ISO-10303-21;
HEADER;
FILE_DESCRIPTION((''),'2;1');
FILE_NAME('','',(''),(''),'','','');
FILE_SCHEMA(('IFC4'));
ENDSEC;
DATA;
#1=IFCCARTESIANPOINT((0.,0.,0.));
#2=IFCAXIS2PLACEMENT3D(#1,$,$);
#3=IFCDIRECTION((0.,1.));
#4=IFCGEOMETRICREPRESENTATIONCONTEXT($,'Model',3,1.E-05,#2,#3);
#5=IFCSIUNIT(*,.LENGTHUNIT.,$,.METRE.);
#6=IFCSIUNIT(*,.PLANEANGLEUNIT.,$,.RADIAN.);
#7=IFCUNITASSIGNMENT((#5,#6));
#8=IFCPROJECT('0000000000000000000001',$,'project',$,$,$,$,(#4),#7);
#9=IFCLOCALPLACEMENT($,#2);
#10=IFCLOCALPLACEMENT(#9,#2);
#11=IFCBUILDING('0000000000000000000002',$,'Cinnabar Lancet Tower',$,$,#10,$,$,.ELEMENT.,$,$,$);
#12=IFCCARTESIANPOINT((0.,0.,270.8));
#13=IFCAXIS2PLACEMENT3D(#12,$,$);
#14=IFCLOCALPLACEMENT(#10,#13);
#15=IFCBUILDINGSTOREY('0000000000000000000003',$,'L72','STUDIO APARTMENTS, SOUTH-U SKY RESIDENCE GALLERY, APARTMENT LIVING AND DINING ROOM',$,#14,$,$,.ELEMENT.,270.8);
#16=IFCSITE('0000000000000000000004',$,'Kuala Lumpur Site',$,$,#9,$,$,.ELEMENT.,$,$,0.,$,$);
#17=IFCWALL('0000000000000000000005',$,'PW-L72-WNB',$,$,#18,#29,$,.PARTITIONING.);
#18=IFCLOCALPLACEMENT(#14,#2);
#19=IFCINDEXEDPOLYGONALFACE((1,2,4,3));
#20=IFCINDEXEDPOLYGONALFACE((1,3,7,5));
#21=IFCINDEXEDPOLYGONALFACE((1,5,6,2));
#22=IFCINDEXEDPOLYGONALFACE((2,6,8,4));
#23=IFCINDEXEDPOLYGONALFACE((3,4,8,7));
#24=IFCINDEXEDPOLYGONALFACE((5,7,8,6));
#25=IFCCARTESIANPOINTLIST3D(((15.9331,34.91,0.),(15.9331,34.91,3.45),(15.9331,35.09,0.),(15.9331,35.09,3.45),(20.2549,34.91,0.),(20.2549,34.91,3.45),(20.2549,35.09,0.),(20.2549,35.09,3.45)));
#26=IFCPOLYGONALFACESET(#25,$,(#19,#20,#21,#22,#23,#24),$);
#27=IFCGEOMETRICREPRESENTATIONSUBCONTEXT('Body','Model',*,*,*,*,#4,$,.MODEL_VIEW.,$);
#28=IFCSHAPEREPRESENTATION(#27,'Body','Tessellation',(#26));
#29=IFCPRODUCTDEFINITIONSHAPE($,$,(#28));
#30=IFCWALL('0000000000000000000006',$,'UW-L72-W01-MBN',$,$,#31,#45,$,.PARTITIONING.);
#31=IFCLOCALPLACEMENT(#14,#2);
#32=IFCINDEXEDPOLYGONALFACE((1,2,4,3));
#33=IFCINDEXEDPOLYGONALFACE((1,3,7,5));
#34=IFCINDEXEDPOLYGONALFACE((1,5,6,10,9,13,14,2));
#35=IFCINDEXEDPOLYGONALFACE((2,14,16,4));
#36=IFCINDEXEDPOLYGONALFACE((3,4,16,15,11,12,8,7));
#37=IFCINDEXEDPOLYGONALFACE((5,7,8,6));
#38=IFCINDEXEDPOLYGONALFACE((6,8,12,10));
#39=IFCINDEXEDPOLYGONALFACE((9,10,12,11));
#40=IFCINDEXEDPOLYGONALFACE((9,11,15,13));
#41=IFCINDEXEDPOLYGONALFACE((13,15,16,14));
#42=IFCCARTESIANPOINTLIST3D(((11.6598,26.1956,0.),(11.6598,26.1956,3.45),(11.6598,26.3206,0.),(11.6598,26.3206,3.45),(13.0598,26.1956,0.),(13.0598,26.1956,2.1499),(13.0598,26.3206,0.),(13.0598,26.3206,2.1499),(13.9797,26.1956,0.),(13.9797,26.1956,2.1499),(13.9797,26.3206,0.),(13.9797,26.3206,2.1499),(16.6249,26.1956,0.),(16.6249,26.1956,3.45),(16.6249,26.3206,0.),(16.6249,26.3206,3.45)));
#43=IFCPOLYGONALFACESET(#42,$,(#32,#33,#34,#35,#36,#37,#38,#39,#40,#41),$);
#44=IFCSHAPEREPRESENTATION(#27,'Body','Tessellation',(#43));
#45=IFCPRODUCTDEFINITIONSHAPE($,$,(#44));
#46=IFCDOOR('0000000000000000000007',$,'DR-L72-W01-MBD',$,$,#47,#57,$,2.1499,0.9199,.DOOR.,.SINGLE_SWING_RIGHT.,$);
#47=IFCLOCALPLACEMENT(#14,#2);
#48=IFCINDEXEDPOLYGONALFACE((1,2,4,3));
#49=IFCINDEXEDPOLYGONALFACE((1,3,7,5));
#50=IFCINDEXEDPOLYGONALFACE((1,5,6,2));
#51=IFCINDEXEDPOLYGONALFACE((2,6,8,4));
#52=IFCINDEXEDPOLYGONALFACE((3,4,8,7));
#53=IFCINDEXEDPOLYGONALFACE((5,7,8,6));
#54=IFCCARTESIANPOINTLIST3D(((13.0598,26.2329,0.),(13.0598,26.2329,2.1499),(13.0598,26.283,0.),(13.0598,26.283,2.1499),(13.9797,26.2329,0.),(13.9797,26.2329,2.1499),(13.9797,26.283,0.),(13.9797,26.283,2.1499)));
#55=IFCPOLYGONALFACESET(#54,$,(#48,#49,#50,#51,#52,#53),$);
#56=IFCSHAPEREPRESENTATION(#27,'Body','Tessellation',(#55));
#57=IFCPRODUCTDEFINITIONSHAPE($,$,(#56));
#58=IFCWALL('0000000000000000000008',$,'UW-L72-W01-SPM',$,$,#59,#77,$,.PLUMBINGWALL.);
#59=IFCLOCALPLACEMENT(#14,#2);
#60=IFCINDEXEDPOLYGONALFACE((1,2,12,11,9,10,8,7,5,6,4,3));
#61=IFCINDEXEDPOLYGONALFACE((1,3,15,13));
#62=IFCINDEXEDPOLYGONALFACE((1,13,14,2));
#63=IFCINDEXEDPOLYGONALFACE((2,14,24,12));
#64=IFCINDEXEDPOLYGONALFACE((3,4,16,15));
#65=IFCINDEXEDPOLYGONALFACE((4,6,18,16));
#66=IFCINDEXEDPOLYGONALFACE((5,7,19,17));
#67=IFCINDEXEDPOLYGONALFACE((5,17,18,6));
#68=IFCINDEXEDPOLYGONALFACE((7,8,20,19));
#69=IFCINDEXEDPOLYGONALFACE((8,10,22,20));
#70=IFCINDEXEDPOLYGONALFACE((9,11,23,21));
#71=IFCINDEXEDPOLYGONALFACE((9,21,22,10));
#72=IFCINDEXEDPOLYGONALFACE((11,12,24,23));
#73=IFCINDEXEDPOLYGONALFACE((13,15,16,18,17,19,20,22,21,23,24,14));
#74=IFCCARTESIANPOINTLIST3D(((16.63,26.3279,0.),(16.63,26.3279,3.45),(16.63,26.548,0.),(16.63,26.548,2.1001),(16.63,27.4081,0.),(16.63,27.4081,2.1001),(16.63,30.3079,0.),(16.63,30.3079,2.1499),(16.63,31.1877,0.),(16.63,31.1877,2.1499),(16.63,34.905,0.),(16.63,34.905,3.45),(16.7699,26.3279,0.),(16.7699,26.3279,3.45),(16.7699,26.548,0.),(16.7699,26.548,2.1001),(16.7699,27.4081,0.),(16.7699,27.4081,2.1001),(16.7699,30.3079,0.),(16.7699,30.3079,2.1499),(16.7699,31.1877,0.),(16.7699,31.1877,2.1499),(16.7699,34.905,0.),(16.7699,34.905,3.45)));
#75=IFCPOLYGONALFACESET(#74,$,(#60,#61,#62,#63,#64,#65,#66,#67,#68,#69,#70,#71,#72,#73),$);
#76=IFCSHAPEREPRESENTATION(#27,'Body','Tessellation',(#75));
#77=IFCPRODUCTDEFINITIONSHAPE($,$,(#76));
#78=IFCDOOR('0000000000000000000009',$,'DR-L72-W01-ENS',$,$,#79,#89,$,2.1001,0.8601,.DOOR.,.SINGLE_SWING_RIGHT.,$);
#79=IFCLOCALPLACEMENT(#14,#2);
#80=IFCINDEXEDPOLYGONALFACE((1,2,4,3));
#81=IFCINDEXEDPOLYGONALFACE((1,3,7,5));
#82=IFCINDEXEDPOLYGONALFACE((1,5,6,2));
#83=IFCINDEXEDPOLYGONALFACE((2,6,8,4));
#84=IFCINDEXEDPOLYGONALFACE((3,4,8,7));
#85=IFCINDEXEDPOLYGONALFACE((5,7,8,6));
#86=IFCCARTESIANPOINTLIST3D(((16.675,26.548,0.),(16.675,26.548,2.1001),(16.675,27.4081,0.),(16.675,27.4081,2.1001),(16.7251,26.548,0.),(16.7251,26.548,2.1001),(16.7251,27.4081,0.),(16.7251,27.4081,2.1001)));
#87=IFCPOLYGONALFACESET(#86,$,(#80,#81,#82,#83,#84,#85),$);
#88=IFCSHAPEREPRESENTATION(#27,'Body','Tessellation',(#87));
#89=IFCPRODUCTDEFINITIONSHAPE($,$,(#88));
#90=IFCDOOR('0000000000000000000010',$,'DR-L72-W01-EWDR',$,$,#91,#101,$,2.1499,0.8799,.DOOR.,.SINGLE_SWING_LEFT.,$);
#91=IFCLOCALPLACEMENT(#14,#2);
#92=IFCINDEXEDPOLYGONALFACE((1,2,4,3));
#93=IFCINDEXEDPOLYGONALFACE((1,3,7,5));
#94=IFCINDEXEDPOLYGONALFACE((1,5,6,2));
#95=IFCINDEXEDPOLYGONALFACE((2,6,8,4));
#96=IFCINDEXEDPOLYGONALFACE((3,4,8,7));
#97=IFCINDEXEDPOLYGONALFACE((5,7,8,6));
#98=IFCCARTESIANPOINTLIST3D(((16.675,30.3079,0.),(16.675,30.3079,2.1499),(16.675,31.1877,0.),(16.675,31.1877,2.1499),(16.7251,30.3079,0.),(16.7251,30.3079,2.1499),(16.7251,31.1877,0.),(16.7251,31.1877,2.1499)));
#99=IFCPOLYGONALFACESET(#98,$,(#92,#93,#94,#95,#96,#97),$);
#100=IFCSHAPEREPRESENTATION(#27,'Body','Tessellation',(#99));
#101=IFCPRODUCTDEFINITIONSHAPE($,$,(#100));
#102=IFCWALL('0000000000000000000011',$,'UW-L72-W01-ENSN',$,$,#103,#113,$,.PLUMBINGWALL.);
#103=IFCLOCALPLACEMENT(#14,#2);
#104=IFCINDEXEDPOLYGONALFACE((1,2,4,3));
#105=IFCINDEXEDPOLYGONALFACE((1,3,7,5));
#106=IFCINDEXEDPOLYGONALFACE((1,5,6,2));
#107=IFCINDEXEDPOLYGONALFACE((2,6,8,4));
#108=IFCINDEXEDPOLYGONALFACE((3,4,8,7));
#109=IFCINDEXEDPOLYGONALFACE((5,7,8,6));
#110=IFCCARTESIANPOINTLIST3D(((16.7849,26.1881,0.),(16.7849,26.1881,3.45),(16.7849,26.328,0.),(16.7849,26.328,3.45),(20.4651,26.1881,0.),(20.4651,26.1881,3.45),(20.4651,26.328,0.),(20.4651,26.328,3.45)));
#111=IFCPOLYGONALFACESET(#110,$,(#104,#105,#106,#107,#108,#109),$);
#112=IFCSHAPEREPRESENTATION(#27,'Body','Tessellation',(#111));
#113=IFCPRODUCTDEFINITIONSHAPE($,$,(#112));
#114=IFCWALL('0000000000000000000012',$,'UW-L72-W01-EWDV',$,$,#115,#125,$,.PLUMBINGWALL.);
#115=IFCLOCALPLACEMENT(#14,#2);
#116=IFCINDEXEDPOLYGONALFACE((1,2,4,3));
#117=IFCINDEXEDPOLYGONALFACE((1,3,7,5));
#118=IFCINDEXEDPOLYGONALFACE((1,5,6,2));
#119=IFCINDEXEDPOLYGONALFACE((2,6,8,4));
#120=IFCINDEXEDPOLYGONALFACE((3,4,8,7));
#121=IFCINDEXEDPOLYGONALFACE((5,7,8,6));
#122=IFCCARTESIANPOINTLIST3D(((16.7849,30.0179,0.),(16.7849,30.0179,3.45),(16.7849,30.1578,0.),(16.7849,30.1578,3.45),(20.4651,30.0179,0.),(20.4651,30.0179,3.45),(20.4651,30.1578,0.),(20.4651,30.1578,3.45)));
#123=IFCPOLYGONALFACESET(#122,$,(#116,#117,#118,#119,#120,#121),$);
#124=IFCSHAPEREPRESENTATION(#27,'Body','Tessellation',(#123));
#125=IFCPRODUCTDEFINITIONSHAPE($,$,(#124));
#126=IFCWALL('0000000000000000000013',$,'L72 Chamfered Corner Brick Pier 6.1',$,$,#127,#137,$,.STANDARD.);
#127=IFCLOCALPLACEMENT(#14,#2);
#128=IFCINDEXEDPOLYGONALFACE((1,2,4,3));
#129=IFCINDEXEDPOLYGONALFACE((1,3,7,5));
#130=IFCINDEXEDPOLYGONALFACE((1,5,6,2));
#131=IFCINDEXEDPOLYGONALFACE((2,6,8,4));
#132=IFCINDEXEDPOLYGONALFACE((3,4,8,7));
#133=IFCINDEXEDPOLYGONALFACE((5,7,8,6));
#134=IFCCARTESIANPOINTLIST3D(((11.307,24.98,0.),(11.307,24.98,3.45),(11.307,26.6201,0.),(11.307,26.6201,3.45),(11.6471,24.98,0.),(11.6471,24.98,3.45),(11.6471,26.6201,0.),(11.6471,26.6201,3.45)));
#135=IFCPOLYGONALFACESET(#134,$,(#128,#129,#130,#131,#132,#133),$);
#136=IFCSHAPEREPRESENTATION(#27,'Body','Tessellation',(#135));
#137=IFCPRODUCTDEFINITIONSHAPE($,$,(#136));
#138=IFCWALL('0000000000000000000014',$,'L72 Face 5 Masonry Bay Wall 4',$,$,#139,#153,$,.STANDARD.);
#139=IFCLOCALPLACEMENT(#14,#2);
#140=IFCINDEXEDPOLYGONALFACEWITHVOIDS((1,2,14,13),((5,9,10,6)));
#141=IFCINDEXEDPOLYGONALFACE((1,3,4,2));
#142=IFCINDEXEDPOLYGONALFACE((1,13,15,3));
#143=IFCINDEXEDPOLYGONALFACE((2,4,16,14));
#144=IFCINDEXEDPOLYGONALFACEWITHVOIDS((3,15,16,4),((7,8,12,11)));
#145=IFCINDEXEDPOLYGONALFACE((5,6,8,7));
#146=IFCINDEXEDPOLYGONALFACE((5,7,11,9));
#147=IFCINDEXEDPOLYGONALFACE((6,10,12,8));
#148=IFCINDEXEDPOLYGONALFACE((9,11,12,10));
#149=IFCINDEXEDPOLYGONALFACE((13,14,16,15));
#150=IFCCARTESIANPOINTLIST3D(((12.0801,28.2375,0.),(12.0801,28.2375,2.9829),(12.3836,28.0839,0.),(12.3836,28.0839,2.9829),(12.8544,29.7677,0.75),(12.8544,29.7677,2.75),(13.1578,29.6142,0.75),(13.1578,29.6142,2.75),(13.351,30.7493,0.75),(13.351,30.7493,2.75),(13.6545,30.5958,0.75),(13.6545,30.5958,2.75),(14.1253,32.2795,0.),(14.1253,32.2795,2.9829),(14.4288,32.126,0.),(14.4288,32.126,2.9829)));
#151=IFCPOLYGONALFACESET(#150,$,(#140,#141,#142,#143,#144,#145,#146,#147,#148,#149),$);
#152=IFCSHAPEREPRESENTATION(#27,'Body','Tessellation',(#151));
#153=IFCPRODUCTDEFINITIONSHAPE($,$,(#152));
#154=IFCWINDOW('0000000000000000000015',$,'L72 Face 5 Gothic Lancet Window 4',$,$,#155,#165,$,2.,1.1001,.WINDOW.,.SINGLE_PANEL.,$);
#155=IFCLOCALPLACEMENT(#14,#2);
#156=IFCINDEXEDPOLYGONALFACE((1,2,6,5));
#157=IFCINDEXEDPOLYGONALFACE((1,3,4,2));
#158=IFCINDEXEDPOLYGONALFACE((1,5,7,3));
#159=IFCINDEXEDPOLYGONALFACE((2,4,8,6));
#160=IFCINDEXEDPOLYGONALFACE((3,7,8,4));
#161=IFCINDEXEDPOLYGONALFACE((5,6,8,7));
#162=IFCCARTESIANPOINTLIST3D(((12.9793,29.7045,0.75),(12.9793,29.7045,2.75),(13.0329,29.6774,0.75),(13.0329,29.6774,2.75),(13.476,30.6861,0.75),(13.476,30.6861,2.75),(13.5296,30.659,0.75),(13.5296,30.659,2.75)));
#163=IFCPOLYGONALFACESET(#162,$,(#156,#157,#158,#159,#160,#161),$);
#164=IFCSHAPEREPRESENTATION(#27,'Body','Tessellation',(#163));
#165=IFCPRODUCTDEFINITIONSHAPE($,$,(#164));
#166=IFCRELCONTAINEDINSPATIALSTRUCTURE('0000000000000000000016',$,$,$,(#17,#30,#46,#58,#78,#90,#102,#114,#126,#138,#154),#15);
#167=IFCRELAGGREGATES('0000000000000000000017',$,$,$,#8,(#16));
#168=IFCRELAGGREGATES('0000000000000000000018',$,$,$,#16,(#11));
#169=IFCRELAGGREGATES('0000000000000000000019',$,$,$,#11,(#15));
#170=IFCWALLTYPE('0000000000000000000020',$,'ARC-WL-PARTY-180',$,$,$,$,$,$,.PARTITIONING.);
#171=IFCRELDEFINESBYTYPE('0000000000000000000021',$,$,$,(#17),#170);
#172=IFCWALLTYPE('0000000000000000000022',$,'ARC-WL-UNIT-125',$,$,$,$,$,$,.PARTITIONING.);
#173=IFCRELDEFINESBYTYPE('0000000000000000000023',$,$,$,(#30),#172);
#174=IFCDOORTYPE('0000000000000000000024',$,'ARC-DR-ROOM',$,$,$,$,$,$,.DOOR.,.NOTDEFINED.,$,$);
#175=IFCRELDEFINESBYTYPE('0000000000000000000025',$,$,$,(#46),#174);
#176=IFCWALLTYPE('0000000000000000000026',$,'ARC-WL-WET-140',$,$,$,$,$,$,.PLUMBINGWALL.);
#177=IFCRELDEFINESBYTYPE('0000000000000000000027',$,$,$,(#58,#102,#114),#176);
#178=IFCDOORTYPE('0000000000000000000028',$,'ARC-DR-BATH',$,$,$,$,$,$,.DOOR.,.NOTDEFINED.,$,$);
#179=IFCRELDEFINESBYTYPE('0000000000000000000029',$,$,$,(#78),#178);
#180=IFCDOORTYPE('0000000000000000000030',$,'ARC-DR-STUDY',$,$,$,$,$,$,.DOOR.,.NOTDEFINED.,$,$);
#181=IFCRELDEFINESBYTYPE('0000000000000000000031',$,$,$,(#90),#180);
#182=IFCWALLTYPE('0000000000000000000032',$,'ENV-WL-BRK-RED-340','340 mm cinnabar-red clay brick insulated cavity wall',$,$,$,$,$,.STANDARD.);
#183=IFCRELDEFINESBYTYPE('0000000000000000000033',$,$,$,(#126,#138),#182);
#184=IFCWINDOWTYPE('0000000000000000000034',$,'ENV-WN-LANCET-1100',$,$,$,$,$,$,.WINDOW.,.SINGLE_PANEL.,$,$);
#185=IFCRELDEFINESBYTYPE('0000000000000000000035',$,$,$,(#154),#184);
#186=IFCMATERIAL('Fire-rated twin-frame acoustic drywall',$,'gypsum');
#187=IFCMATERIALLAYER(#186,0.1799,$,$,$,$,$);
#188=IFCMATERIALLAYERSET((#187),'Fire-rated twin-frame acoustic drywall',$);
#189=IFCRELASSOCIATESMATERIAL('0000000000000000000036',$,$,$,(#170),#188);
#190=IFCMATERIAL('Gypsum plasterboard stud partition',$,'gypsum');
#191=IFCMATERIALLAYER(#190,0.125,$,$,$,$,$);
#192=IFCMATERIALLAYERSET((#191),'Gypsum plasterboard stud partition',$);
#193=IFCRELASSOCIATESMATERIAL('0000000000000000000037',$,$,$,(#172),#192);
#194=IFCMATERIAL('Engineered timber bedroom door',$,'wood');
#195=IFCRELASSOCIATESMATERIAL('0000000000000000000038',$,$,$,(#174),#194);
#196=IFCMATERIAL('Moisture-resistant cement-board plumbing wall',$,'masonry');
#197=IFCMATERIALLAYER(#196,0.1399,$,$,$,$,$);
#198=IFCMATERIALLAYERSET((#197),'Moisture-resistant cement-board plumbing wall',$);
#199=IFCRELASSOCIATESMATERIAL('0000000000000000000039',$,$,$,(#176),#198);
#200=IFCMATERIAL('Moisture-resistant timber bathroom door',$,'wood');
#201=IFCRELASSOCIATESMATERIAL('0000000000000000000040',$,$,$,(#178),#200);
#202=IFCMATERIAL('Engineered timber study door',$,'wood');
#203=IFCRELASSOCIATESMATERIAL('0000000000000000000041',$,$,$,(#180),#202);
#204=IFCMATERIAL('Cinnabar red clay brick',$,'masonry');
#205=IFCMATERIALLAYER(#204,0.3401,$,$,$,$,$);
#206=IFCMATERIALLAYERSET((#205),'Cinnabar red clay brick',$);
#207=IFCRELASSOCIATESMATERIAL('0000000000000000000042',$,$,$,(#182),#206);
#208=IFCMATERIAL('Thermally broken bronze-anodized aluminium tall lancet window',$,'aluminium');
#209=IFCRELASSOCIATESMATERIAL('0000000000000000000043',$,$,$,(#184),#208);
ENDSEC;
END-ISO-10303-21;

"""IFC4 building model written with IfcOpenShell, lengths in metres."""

from ifc_helpers import new_model, si_unit, direction, frame, frame_2d, origin, place, context, subcontext, project, spatial, rectangle, extrude, material, layer, layer_set, type_object, element, fill, save


model = new_model("IFC4")

# Units and contexts
model_context = context("Model", 3, precision=1e-05, world=origin(), true_north=direction((0.0, 1.0)))
body_context = subcontext(model_context, "Body", "Model", "MODEL_VIEW")
ifc_project = project(units=[si_unit("LENGTHUNIT", "METRE"), si_unit("PLANEANGLEUNIT", "RADIAN")], contexts=[model_context])

# Site, building, storey
site_placement = place(None, origin())
site = spatial("IfcSite", under=ifc_project, at=site_placement, Name="Kuala Lumpur Site", CompositionType="ELEMENT", RefElevation=0.0)
building_placement = place(site_placement, origin())
building = spatial("IfcBuilding", under=site, at=building_placement, Name="Cinnabar Lancet Tower", CompositionType="ELEMENT")
storey_placement = place(building_placement, frame((0.0, 0.0, 270.8)))
storey = spatial("IfcBuildingStorey", under=building, at=storey_placement, Name="L72", Description="STUDIO APARTMENTS, SOUTH-U SKY RESIDENCE GALLERY, APARTMENT LIVING AND DINING ROOM", CompositionType="ELEMENT", Elevation=270.8)

# Wall
ifc_material_1 = material(Name="Fire-rated twin-frame acoustic drywall", Category="gypsum")
ifc_layer_1 = layer(ifc_material_1, 0.1799)
ifc_layer_set_1 = layer_set([ifc_layer_1], Name="Fire-rated twin-frame acoustic drywall")
wall_type_1 = type_object("IfcWallType", Name="ARC-WL-PARTY-180", PredefinedType="PARTITIONING", material=ifc_layer_set_1)
wall_1_placement = place(storey_placement, frame((15.9331, 35.0, 0.0), z_axis=(0.0, 0.0, 1.0), x_axis=(1.0, 0.0, 0.0)))
element("IfcWall", 1, at=wall_1_placement, inside=storey, type_object=wall_type_1, Name="PW-L72-WNB", PredefinedType="PARTITIONING", context=body_context, shape_type="SweptSolid", body=[
    extrude(rectangle(XDim=4.3218, YDim=0.1799, at=frame_2d((2.1609, 0.0))), origin(), (0.0, 0.0, 1.0), 3.45),
])

# Wall, opening, door
ifc_material_2 = material(Name="Gypsum plasterboard stud partition", Category="gypsum")
ifc_layer_2 = layer(ifc_material_2, 0.125)
ifc_layer_set_2 = layer_set([ifc_layer_2], Name="Gypsum plasterboard stud partition")
wall_type_2 = type_object("IfcWallType", Name="ARC-WL-UNIT-125", PredefinedType="PARTITIONING", material=ifc_layer_set_2)
wall_2_placement = place(storey_placement, frame((11.6599, 26.2581, 0.0), z_axis=(0.0, 0.0, 1.0), x_axis=(1.0, 0.0, 0.0)))
wall_2 = element("IfcWall", 2, at=wall_2_placement, inside=storey, type_object=wall_type_2, Name="UW-L72-W01-MBN", PredefinedType="PARTITIONING", context=body_context, shape_type="SweptSolid", body=[
    extrude(rectangle(XDim=4.9651, YDim=0.125, at=frame_2d((2.4824, 0.0))), origin(), (0.0, 0.0, 1.0), 3.45),
])
opening_1_placement = place(wall_2_placement, frame((1.3999, 0.0, 0.0)))
opening_1 = element("IfcOpeningElement", 3, at=opening_1_placement, cuts=wall_2, PredefinedType="OPENING", context=body_context, shape_type="SweptSolid", body=[
    extrude(rectangle(XDim=0.9199, YDim=2.1499, at=frame_2d((0.46, 1.075))), frame((0.0, 0.0725, 0.0), z_axis=(0.0, -1.0, 0.0), x_axis=(1.0, 0.0, 0.0)), (0.0, 0.0, 1.0), 0.145),
])
ifc_material_3 = material(Name="Engineered timber bedroom door", Category="wood")
door_type_1 = type_object("IfcDoorType", Name="ARC-DR-ROOM", OperationType="NOTDEFINED", PredefinedType="DOOR", material=ifc_material_3)
door_1_placement = place(opening_1_placement, origin())
door_1 = element("IfcDoor", 4, at=door_1_placement, inside=storey, type_object=door_type_1, Name="DR-L72-W01-MBD", OperationType="SINGLE_SWING_RIGHT", OverallHeight=2.1499, OverallWidth=0.9199, PredefinedType="DOOR", context=body_context, shape_type="SweptSolid", body=[
    extrude(rectangle(XDim=0.9199, YDim=2.1499, at=frame_2d((0.46, 1.075))), frame((0.0, 0.0249, 0.0), z_axis=(0.0, -1.0, 0.0), x_axis=(1.0, 0.0, 0.0)), (0.0, 0.0, 1.0), 0.05),
])
fill(opening_1, door_1)

# Wall, openings, doors
ifc_material_4 = material(Name="Moisture-resistant cement-board plumbing wall", Category="masonry")
ifc_layer_3 = layer(ifc_material_4, 0.1399)
ifc_layer_set_3 = layer_set([ifc_layer_3], Name="Moisture-resistant cement-board plumbing wall")
wall_type_3 = type_object("IfcWallType", Name="ARC-WL-WET-140", PredefinedType="PLUMBINGWALL", material=ifc_layer_set_3)
wall_3_placement = place(storey_placement, frame((16.7, 26.3279, 0.0), z_axis=(0.0, 0.0, 1.0), x_axis=(0.0, 1.0, 0.0)))
wall_3 = element("IfcWall", 5, at=wall_3_placement, inside=storey, type_object=wall_type_3, Name="UW-L72-W01-SPM", PredefinedType="PLUMBINGWALL", context=body_context, shape_type="SweptSolid", body=[
    extrude(rectangle(XDim=8.5771, YDim=0.1399, at=frame_2d((4.2886, 0.0))), origin(), (0.0, 0.0, 1.0), 3.45),
])
opening_2_placement = place(wall_3_placement, frame((0.22, 0.0, 0.0)))
opening_2 = element("IfcOpeningElement", 6, at=opening_2_placement, cuts=wall_3, PredefinedType="OPENING", context=body_context, shape_type="SweptSolid", body=[
    extrude(rectangle(XDim=0.8601, YDim=2.1001, at=frame_2d((0.4302, 1.05))), frame((0.0, 0.0798, 0.0), z_axis=(0.0, -1.0, 0.0), x_axis=(1.0, 0.0, 0.0)), (0.0, 0.0, 1.0), 0.1599),
])
opening_3_placement = place(wall_3_placement, frame((3.98, 0.0, 0.0)))
opening_3 = element("IfcOpeningElement", 7, at=opening_3_placement, cuts=wall_3, PredefinedType="OPENING", context=body_context, shape_type="SweptSolid", body=[
    extrude(rectangle(XDim=0.8799, YDim=2.1499, at=frame_2d((0.4399, 1.075))), frame((0.0, 0.0798, 0.0), z_axis=(0.0, -1.0, 0.0), x_axis=(1.0, 0.0, 0.0)), (0.0, 0.0, 1.0), 0.1599),
])
ifc_material_5 = material(Name="Moisture-resistant timber bathroom door", Category="wood")
door_type_2 = type_object("IfcDoorType", Name="ARC-DR-BATH", OperationType="NOTDEFINED", PredefinedType="DOOR", material=ifc_material_5)
door_2_placement = place(opening_2_placement, origin())
door_2 = element("IfcDoor", 8, at=door_2_placement, inside=storey, type_object=door_type_2, Name="DR-L72-W01-ENS", OperationType="SINGLE_SWING_RIGHT", OverallHeight=2.1001, OverallWidth=0.8601, PredefinedType="DOOR", context=body_context, shape_type="SweptSolid", body=[
    extrude(rectangle(XDim=0.8601, YDim=2.1001, at=frame_2d((0.4302, 1.05))), frame((0.0, 0.0249, 0.0), z_axis=(0.0, -1.0, 0.0), x_axis=(1.0, 0.0, 0.0)), (0.0, 0.0, 1.0), 0.05),
])
fill(opening_2, door_2)
ifc_material_6 = material(Name="Engineered timber study door", Category="wood")
door_type_3 = type_object("IfcDoorType", Name="ARC-DR-STUDY", OperationType="NOTDEFINED", PredefinedType="DOOR", material=ifc_material_6)
door_3_placement = place(opening_3_placement, origin())
door_3 = element("IfcDoor", 9, at=door_3_placement, inside=storey, type_object=door_type_3, Name="DR-L72-W01-EWDR", OperationType="SINGLE_SWING_LEFT", OverallHeight=2.1499, OverallWidth=0.8799, PredefinedType="DOOR", context=body_context, shape_type="SweptSolid", body=[
    extrude(rectangle(XDim=0.8799, YDim=2.1499, at=frame_2d((0.4399, 1.075))), frame((0.0, 0.0249, 0.0), z_axis=(0.0, -1.0, 0.0), x_axis=(1.0, 0.0, 0.0)), (0.0, 0.0, 1.0), 0.05),
])
fill(opening_3, door_3)

# Walls
for number, where, z_axis, x_axis, name in (
    (10, (16.7849, 26.2581, 0.0), (0.0, 0.0, 1.0), (1.0, 0.0, 0.0), "UW-L72-W01-ENSN"),
    (11, (16.7849, 30.0879, 0.0), (0.0, 0.0, 1.0), (1.0, 0.0, 0.0), "UW-L72-W01-EWDV"),
):
    element("IfcWall", number, at=place(storey_placement, frame(where, z_axis=z_axis, x_axis=x_axis)), inside=storey, type_object=wall_type_3, Name=name, PredefinedType="PLUMBINGWALL", context=body_context, shape_type="SweptSolid", body=[
        extrude(rectangle(XDim=3.6802, YDim=0.1399, at=frame_2d((1.8401, 0.0))), origin(), (0.0, 0.0, 1.0), 3.45),
    ])
ifc_material_7 = material(Name="Cinnabar red clay brick", Category="masonry")
ifc_layer_4 = layer(ifc_material_7, 0.3401)
ifc_layer_set_4 = layer_set([ifc_layer_4], Name="Cinnabar red clay brick")
wall_type_4 = type_object("IfcWallType", Name="ENV-WL-BRK-RED-340", Description="340 mm cinnabar-red clay brick insulated cavity wall", PredefinedType="STANDARD", material=ifc_layer_set_4)
wall_4_placement = place(storey_placement, frame((11.4771, 26.6201, 0.0), z_axis=(0.0, 0.0, 1.0), x_axis=(0.0, -1.0, 0.0)))
element("IfcWall", 12, at=wall_4_placement, inside=storey, type_object=wall_type_4, Name="L72 Chamfered Corner Brick Pier 6.1", PredefinedType="STANDARD", context=body_context, shape_type="SweptSolid", body=[
    extrude(rectangle(XDim=1.6401, YDim=0.3401, at=frame_2d((0.8201, 0.0))), origin(), (0.0, 0.0, 1.0), 3.45),
])

# Wall, opening, window
wall_5_placement = place(storey_placement, frame((14.2771, 32.2029, 0.0), z_axis=(0.0, 0.0, 1.0), x_axis=(-0.451477, -0.892283, 0.0)))
wall_5 = element("IfcWall", 13, at=wall_5_placement, inside=storey, type_object=wall_type_4, Name="L72 Face 5 Masonry Bay Wall 4", PredefinedType="STANDARD", context=body_context, shape_type="SweptSolid", body=[
    extrude(rectangle(XDim=4.53, YDim=0.3401, at=frame_2d((2.2651, 0.0))), origin(), (0.0, 0.0, 1.0), 2.9829),
])
opening_4_placement = place(wall_5_placement, frame((1.7151, 0.0, 0.75)))
opening_4 = element("IfcOpeningElement", 14, at=opening_4_placement, cuts=wall_5, PredefinedType="OPENING", context=body_context, shape_type="SweptSolid", body=[
    extrude(rectangle(XDim=1.1001, YDim=2.0, at=frame_2d((0.55, 1.0))), frame((0.0, 0.1799, 0.0), z_axis=(0.0, -1.0, 0.0), x_axis=(1.0, 0.0, 0.0)), (0.0, 0.0, 1.0), 0.3601),
])
ifc_material_8 = material(Name="Thermally broken bronze-anodized aluminium tall lancet window", Category="aluminium")
window_type = type_object("IfcWindowType", Name="ENV-WN-LANCET-1100", PartitioningType="SINGLE_PANEL", PredefinedType="WINDOW", material=ifc_material_8)
window_placement = place(opening_4_placement, origin())
window = element("IfcWindow", 15, at=window_placement, inside=storey, type_object=window_type, Name="L72 Face 5 Gothic Lancet Window 4", OverallHeight=2.0, OverallWidth=1.1001, PartitioningType="SINGLE_PANEL", PredefinedType="WINDOW", context=body_context, shape_type="SweptSolid", body=[
    extrude(rectangle(XDim=1.1001, YDim=2.0, at=frame_2d((0.55, 1.0))), frame((0.0, 0.03, 0.0), z_axis=(0.0, -1.0, 0.0), x_axis=(1.0, 0.0, 0.0)), (0.0, 0.0, 1.0), 0.0601),
])
fill(opening_4, window)

save(model, "model.ifc")
